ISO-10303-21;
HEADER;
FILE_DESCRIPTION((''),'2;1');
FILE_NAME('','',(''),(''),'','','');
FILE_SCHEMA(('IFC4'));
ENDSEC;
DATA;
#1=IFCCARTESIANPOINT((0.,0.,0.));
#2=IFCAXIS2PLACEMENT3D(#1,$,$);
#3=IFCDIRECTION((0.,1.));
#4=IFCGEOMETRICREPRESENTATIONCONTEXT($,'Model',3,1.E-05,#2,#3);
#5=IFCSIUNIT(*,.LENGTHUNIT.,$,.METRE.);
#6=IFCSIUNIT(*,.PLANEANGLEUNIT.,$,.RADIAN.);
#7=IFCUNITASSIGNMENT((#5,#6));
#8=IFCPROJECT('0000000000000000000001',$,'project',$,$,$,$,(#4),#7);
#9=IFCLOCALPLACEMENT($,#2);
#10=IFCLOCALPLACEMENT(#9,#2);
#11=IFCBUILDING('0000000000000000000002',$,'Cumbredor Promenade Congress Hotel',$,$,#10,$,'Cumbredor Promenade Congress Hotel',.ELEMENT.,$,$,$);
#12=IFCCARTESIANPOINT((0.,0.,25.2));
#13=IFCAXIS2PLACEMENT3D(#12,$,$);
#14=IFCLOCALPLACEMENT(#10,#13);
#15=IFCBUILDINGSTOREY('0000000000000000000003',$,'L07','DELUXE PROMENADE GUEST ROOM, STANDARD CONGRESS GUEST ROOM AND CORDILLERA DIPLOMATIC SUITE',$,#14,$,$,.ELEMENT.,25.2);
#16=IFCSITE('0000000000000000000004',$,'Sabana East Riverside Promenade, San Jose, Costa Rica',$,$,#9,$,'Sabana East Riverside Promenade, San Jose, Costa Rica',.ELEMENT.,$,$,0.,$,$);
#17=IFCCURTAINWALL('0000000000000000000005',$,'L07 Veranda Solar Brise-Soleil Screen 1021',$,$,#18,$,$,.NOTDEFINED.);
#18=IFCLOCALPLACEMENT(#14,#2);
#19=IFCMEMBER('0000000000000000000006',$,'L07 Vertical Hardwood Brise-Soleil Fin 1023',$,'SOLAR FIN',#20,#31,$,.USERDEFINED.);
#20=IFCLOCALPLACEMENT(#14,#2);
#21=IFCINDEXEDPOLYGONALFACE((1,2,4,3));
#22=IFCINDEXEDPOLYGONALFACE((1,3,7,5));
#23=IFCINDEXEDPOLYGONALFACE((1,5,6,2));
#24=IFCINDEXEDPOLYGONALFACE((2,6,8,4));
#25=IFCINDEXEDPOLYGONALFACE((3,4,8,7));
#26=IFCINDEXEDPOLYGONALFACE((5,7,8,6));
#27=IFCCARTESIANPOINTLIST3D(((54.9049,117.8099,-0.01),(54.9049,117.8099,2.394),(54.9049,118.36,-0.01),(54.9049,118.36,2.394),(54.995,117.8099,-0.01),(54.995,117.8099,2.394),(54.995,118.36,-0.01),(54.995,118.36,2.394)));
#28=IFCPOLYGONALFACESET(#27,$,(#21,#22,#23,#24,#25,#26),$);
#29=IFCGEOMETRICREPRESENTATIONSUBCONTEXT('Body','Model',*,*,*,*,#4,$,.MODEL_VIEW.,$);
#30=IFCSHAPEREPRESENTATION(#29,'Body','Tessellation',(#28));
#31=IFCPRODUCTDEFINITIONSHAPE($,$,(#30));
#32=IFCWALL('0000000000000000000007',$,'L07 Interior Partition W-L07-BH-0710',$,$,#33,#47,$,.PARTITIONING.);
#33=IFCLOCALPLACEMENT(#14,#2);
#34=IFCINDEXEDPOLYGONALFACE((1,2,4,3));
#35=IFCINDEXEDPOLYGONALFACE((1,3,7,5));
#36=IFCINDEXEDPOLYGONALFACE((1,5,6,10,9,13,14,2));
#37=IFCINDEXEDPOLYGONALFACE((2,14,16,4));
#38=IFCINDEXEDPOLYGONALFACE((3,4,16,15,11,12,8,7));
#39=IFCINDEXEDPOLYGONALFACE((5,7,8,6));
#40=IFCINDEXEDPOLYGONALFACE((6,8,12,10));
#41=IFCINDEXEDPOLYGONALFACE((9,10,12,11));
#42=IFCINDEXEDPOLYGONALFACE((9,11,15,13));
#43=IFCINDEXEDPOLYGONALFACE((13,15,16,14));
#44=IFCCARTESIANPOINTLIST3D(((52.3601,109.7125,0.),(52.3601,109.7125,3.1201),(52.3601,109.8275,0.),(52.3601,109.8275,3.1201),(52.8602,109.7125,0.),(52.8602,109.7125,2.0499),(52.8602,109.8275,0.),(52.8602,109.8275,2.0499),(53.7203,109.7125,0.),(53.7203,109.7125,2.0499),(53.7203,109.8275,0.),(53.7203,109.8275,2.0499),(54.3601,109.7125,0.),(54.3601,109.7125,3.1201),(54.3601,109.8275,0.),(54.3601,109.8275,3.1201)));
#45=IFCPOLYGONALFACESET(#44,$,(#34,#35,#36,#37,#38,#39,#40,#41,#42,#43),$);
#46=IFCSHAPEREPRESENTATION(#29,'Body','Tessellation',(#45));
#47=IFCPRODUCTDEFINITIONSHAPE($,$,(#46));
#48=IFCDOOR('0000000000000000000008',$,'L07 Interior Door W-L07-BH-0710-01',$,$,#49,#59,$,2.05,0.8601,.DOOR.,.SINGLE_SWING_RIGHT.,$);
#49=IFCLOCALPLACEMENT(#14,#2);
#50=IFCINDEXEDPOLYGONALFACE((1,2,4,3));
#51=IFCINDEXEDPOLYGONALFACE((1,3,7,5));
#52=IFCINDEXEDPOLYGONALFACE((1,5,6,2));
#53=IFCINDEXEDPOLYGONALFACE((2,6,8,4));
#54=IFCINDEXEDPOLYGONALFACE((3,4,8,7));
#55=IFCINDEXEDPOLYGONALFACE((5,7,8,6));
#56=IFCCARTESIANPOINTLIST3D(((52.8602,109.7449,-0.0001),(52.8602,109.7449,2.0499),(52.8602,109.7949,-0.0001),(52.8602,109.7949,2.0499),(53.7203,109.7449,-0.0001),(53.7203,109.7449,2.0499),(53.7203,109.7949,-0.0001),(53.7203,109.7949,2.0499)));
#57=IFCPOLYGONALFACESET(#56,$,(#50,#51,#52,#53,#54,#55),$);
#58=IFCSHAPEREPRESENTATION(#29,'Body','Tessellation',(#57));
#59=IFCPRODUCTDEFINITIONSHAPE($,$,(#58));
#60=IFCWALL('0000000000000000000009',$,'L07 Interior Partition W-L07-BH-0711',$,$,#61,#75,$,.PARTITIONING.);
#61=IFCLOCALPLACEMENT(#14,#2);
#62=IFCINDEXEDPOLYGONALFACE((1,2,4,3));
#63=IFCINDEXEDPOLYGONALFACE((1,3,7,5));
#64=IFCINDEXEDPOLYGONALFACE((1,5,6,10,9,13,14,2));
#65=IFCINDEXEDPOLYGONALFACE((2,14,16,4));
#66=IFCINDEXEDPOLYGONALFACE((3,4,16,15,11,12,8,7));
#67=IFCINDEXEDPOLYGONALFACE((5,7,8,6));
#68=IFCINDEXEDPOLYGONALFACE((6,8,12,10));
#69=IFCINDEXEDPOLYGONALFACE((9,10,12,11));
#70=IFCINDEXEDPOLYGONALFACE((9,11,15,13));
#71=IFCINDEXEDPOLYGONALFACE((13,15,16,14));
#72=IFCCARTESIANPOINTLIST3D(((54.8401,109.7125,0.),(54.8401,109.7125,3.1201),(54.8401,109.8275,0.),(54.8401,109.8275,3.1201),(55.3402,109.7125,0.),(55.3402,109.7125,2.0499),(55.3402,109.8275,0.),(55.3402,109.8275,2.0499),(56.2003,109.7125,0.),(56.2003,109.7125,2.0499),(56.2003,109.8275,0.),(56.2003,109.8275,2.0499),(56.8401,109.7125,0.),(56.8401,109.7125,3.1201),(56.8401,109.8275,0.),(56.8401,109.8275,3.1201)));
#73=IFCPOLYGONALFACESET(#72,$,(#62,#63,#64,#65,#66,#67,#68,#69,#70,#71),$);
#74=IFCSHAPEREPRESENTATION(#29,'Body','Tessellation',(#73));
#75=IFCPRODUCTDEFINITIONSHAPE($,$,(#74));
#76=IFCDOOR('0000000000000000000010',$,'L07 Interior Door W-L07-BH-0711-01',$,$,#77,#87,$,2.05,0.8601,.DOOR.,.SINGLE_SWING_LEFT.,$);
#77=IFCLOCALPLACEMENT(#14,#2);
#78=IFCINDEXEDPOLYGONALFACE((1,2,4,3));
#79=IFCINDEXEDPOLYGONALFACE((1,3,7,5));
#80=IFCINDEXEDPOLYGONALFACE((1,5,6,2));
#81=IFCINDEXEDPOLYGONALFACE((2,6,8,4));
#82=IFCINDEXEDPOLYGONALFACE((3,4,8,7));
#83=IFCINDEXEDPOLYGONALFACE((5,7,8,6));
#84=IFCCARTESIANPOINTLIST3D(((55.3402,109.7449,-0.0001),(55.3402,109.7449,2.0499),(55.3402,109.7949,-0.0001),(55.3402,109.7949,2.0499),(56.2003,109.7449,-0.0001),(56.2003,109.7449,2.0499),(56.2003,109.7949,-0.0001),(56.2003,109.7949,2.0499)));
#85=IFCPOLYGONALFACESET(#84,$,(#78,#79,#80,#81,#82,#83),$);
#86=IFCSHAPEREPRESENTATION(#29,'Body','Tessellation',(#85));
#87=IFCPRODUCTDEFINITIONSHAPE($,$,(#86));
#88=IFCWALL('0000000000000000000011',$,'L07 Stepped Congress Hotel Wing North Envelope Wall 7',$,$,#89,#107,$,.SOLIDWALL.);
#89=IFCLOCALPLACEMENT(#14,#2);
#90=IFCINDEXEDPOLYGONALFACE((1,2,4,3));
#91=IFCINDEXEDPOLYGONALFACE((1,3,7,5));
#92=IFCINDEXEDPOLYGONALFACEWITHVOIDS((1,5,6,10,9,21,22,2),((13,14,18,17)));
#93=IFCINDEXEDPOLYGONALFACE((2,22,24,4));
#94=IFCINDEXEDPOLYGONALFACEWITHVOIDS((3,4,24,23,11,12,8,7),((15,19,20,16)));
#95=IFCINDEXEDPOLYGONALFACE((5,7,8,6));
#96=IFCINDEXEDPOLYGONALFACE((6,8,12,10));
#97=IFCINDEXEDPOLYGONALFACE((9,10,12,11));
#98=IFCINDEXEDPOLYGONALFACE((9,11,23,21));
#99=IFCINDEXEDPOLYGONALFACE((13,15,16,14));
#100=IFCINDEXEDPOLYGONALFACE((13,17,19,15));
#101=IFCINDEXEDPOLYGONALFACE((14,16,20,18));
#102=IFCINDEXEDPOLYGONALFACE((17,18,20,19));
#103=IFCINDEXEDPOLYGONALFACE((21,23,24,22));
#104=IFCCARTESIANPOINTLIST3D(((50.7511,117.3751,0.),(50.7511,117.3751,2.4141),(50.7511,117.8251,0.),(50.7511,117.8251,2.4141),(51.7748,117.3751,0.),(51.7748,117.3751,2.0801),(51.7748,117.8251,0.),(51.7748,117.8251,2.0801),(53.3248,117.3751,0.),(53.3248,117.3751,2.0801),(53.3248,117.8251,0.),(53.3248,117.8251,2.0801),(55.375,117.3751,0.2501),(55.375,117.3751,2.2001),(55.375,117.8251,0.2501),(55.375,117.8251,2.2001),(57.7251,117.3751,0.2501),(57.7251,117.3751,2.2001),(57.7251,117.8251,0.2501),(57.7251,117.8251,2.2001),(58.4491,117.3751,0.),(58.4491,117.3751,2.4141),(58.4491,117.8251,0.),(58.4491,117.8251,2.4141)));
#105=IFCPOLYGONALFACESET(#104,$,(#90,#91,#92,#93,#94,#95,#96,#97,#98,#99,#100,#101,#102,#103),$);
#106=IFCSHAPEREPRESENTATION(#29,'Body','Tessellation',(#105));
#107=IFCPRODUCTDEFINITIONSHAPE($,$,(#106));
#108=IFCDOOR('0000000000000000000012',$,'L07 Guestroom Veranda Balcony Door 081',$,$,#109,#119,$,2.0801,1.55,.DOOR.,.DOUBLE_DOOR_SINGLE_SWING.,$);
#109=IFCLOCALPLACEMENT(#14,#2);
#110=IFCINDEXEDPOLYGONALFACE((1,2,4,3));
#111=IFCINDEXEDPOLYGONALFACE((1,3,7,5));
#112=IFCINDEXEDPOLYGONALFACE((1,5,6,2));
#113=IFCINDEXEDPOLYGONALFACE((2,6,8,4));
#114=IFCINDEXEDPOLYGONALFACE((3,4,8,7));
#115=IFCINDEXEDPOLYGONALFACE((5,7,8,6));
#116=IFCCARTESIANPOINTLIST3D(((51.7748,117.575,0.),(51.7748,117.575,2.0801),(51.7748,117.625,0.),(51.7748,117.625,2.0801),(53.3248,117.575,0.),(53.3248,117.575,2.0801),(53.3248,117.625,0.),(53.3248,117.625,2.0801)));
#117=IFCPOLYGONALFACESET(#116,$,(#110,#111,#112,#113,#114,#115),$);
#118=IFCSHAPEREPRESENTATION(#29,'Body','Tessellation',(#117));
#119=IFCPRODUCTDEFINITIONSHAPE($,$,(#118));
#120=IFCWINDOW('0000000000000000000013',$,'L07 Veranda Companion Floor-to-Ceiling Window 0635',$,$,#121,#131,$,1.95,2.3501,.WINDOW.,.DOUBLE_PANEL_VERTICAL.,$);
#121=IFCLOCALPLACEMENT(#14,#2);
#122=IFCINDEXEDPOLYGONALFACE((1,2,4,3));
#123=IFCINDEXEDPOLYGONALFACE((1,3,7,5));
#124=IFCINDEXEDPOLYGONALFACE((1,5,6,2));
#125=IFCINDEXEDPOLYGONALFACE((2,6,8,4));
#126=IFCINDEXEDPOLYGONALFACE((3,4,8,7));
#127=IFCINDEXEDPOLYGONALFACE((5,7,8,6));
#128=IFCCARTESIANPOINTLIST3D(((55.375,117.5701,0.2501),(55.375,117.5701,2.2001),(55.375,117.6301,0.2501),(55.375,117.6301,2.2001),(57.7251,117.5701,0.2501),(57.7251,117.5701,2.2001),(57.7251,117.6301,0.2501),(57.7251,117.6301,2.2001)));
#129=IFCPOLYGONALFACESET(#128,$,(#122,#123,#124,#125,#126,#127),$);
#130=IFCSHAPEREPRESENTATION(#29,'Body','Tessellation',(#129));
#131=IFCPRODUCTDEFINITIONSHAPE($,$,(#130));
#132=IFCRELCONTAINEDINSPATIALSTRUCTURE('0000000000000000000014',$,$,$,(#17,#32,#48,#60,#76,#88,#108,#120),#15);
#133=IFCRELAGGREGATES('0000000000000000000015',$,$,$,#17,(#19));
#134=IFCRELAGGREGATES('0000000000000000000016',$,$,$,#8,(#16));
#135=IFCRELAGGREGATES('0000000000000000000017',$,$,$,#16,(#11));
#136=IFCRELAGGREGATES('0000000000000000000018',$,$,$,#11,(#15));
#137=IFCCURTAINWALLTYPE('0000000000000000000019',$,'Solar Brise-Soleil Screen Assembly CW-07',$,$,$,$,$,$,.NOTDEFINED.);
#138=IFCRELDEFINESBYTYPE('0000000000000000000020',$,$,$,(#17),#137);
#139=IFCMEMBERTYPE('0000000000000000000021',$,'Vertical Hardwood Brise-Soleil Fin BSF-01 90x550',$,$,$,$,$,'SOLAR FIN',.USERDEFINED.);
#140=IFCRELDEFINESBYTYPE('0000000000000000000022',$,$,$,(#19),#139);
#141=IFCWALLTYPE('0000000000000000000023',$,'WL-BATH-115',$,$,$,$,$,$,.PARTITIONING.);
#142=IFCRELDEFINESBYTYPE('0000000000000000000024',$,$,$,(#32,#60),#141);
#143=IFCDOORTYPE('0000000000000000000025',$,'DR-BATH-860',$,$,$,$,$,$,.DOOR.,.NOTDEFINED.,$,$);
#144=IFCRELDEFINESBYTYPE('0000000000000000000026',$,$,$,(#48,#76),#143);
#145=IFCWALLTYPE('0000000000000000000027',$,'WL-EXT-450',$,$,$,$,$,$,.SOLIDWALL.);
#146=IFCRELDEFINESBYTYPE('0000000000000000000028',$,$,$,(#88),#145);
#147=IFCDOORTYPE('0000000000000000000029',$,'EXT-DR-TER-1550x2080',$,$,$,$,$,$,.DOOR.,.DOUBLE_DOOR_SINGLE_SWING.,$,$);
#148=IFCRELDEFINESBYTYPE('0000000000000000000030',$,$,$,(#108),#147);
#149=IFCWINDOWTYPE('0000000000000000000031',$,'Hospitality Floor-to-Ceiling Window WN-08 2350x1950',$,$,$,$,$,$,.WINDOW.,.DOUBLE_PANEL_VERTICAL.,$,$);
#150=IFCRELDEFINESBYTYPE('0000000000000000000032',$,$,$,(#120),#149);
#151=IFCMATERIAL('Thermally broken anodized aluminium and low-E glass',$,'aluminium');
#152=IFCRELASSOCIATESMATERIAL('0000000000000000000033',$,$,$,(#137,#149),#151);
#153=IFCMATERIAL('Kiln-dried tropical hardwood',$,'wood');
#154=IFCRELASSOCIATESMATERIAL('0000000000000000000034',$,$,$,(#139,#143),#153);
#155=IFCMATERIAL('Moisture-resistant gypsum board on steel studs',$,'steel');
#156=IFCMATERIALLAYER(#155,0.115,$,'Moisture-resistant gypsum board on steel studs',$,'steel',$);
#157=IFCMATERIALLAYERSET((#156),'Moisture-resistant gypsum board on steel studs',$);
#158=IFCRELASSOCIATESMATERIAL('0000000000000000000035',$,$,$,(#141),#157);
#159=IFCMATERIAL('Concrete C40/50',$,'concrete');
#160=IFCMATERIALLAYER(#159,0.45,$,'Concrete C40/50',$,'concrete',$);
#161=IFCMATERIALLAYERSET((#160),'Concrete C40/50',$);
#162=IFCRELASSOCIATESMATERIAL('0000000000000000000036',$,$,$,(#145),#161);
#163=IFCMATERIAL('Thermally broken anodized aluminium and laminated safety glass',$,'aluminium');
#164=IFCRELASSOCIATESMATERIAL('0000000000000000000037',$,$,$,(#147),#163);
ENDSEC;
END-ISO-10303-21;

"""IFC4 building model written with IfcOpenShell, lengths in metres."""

from ifc_helpers import new_model, si_unit, direction, frame, frame_2d, origin, origin_2d, place, context, subcontext, project, spatial, rectangle, extrude, material, layer, layer_set, material_profile, profile_set, type_object, element, fill, aggregate, save


model = new_model("IFC4")

# Units and contexts
model_context = context("Model", 3, precision=1e-05, world=origin(), true_north=direction((0.0, 1.0)))
body_context = subcontext(model_context, "Body", "Model", "MODEL_VIEW")
ifc_project = project(units=[si_unit("LENGTHUNIT", "METRE"), si_unit("PLANEANGLEUNIT", "RADIAN")], contexts=[model_context])

# Site, building, storey
site_placement = place(None, origin())
site = spatial("IfcSite", under=ifc_project, at=site_placement, Name="Sabana East Riverside Promenade, San Jose, Costa Rica", LongName="Sabana East Riverside Promenade, San Jose, Costa Rica", CompositionType="ELEMENT", RefElevation=0.0)
building_placement = place(site_placement, origin())
building = spatial("IfcBuilding", under=site, at=building_placement, Name="Cumbredor Promenade Congress Hotel", LongName="Cumbredor Promenade Congress Hotel", CompositionType="ELEMENT")
storey_placement = place(building_placement, frame((0.0, 0.0, 25.2)))
storey = spatial("IfcBuildingStorey", under=building, at=storey_placement, Name="L07", Description="DELUXE PROMENADE GUEST ROOM, STANDARD CONGRESS GUEST ROOM AND CORDILLERA DIPLOMATIC SUITE", CompositionType="ELEMENT", Elevation=25.2)

# Shared definitions
ifc_material_1 = material(Name="Concrete C40/50", Category="concrete")

# Curtain wall
ifc_material_2 = material(Name="Thermally broken anodized aluminium and low-E glass", Category="aluminium")
curtain_wall_type = type_object("IfcCurtainWallType", Name="Solar Brise-Soleil Screen Assembly CW-07", PredefinedType="NOTDEFINED", material=ifc_material_2)
curtain_wall_1_placement = place(storey_placement, origin())
curtain_wall_1 = element("IfcCurtainWall", 1, at=curtain_wall_1_placement, inside=storey, type_object=curtain_wall_type, Name="L07 Veranda Solar Brise-Soleil Screen 1021", PredefinedType="NOTDEFINED")

# Member
ifc_material_3 = material(Name="Kiln-dried tropical hardwood", Category="wood")
ifc_material_profile_1 = material_profile(ifc_material_3, rectangle(XDim=0.0901, YDim=0.55, at=origin_2d()), Name="ARCH FIN 90x550")
ifc_profile_set_1 = profile_set([ifc_material_profile_1], Name="Kiln-dried tropical hardwood")
member_type_1 = type_object("IfcMemberType", Name="Vertical Hardwood Brise-Soleil Fin BSF-01 90x550", ElementType="SOLAR FIN", PredefinedType="USERDEFINED", material=ifc_profile_set_1)
member_1_placement = place(storey_placement, frame((54.95, 118.085, -0.01), z_axis=(0.0, 0.0, 1.0), x_axis=(1.0, 0.0, 0.0)))
member_1 = element("IfcMember", 2, at=member_1_placement, type_object=member_type_1, Name="L07 Vertical Hardwood Brise-Soleil Fin 1023", ObjectType="SOLAR FIN", PredefinedType="USERDEFINED", context=body_context, shape_type="SweptSolid", body=[
    extrude(rectangle(XDim=0.0901, YDim=0.55, at=origin_2d()), origin(), (0.0, 0.0, 1.0), 2.4041),
])
aggregate(curtain_wall_1, [member_1])

# Walls, openings, doors
ifc_material_4 = material(Name="Moisture-resistant gypsum board on steel studs", Category="steel")
ifc_layer_1 = layer(ifc_material_4, 0.115, Name="Moisture-resistant gypsum board on steel studs", Category="steel")
ifc_layer_set_1 = layer_set([ifc_layer_1], Name="Moisture-resistant gypsum board on steel studs")
wall_type_1 = type_object("IfcWallType", Name="WL-BATH-115", PredefinedType="PARTITIONING", material=ifc_layer_set_1)
wall_1_placement = place(storey_placement, frame((52.3601, 109.77, 0.0), z_axis=(0.0, 0.0, 1.0), x_axis=(1.0, 0.0, 0.0)))
wall_1 = element("IfcWall", 3, at=wall_1_placement, inside=storey, type_object=wall_type_1, Name="L07 Interior Partition W-L07-BH-0710", PredefinedType="PARTITIONING", context=body_context, shape_type="SweptSolid", body=[
    extrude(rectangle(XDim=2.0, YDim=0.115, at=frame_2d((1.0, 0.0))), origin(), (0.0, 0.0, 1.0), 3.1201),
])
opening_1_placement = place(wall_1_placement, frame((0.5, 0.0, 0.0)))
opening_1 = element("IfcOpeningElement", 4, at=opening_1_placement, cuts=wall_1, PredefinedType="OPENING", context=body_context, shape_type="SweptSolid", body=[
    extrude(rectangle(XDim=0.8601, YDim=2.05, at=frame_2d((0.4302, 1.0249))), frame((0.0, 0.0674, 0.0), z_axis=(0.0, -1.0, 0.0), x_axis=(1.0, 0.0, 0.0)), (0.0, 0.0, 1.0), 0.135),
])
door_type_1 = type_object("IfcDoorType", Name="DR-BATH-860", OperationType="NOTDEFINED", PredefinedType="DOOR", material=ifc_material_3)
door_1_placement = place(opening_1_placement, origin())
door_1 = element("IfcDoor", 5, at=door_1_placement, inside=storey, type_object=door_type_1, Name="L07 Interior Door W-L07-BH-0710-01", OperationType="SINGLE_SWING_RIGHT", OverallHeight=2.05, OverallWidth=0.8601, PredefinedType="DOOR", context=body_context, shape_type="SweptSolid", body=[
    extrude(rectangle(XDim=0.8601, YDim=2.05, at=frame_2d((0.4302, 1.0249))), frame((0.0, 0.0249, 0.0), z_axis=(0.0, -1.0, 0.0), x_axis=(1.0, 0.0, 0.0)), (0.0, 0.0, 1.0), 0.05),
])
fill(opening_1, door_1)
wall_2_placement = place(storey_placement, frame((54.8401, 109.77, 0.0), z_axis=(0.0, 0.0, 1.0), x_axis=(1.0, 0.0, 0.0)))
wall_2 = element("IfcWall", 6, at=wall_2_placement, inside=storey, type_object=wall_type_1, Name="L07 Interior Partition W-L07-BH-0711", PredefinedType="PARTITIONING", context=body_context, shape_type="SweptSolid", body=[
    extrude(rectangle(XDim=2.0, YDim=0.115, at=frame_2d((1.0, 0.0))), origin(), (0.0, 0.0, 1.0), 3.1201),
])
opening_2_placement = place(wall_2_placement, frame((0.5, 0.0, 0.0)))
opening_2 = element("IfcOpeningElement", 7, at=opening_2_placement, cuts=wall_2, PredefinedType="OPENING", context=body_context, shape_type="SweptSolid", body=[
    extrude(rectangle(XDim=0.8601, YDim=2.05, at=frame_2d((0.4302, 1.0249))), frame((0.0, 0.0674, 0.0), z_axis=(0.0, -1.0, 0.0), x_axis=(1.0, 0.0, 0.0)), (0.0, 0.0, 1.0), 0.135),
])
door_2_placement = place(opening_2_placement, origin())
door_2 = element("IfcDoor", 8, at=door_2_placement, inside=storey, type_object=door_type_1, Name="L07 Interior Door W-L07-BH-0711-01", OperationType="SINGLE_SWING_LEFT", OverallHeight=2.05, OverallWidth=0.8601, PredefinedType="DOOR", context=body_context, shape_type="SweptSolid", body=[
    extrude(rectangle(XDim=0.8601, YDim=2.05, at=frame_2d((0.4302, 1.0249))), frame((0.0, 0.0249, 0.0), z_axis=(0.0, -1.0, 0.0), x_axis=(1.0, 0.0, 0.0)), (0.0, 0.0, 1.0), 0.05),
])
fill(opening_2, door_2)

# Wall, openings, door, window
ifc_layer_2 = layer(ifc_material_1, 0.45, Name="Concrete C40/50", Category="concrete")
ifc_layer_set_2 = layer_set([ifc_layer_2], Name="Concrete C40/50")
wall_type_2 = type_object("IfcWallType", Name="WL-EXT-450", PredefinedType="SOLIDWALL", material=ifc_layer_set_2)
wall_3_placement = place(storey_placement, frame((50.751, 117.6001, 0.0), z_axis=(0.0, 0.0, 1.0), x_axis=(1.0, 0.0, 0.0)))
wall_3 = element("IfcWall", 9, at=wall_3_placement, inside=storey, type_object=wall_type_2, Name="L07 Stepped Congress Hotel Wing North Envelope Wall 7", PredefinedType="SOLIDWALL", context=body_context, shape_type="SweptSolid", body=[
    extrude(rectangle(XDim=7.698, YDim=0.45, at=frame_2d((3.8491, 0.0))), origin(), (0.0, 0.0, 1.0), 2.4141),
])
opening_3_placement = place(wall_3_placement, frame((1.0239, 0.0, 0.0)))
opening_3 = element("IfcOpeningElement", 10, at=opening_3_placement, cuts=wall_3, PredefinedType="OPENING", context=body_context, shape_type="SweptSolid", body=[
    extrude(rectangle(XDim=1.55, YDim=2.0801, at=frame_2d((0.7749, 1.04))), frame((0.0, 0.2349, 0.0), z_axis=(0.0, -1.0, 0.0), x_axis=(1.0, 0.0, 0.0)), (0.0, 0.0, 1.0), 0.47),
])
opening_4_placement = place(wall_3_placement, frame((4.624, 0.0, 0.25)))
opening_4 = element("IfcOpeningElement", 11, at=opening_4_placement, cuts=wall_3, PredefinedType="OPENING", context=body_context, shape_type="SweptSolid", body=[
    extrude(rectangle(XDim=2.3501, YDim=1.95, at=frame_2d((1.175, 0.9751))), frame((0.0, 0.2349, 0.0), z_axis=(0.0, -1.0, 0.0), x_axis=(1.0, 0.0, 0.0)), (0.0, 0.0, 1.0), 0.47),
])
ifc_material_5 = material(Name="Thermally broken anodized aluminium and laminated safety glass", Category="aluminium")
door_type_2 = type_object("IfcDoorType", Name="EXT-DR-TER-1550x2080", OperationType="DOUBLE_DOOR_SINGLE_SWING", PredefinedType="DOOR", material=ifc_material_5)
door_3_placement = place(opening_3_placement, origin())
door_3 = element("IfcDoor", 12, at=door_3_placement, inside=storey, type_object=door_type_2, Name="L07 Guestroom Veranda Balcony Door 081", OperationType="DOUBLE_DOOR_SINGLE_SWING", OverallHeight=2.0801, OverallWidth=1.55, PredefinedType="DOOR", context=body_context, shape_type="SweptSolid", body=[
    extrude(rectangle(XDim=1.55, YDim=2.0801, at=frame_2d((0.7749, 1.04))), frame((0.0, 0.0249, 0.0), z_axis=(0.0, -1.0, 0.0), x_axis=(1.0, 0.0, 0.0)), (0.0, 0.0, 1.0), 0.05),
])
fill(opening_3, door_3)
window_type = type_object("IfcWindowType", Name="Hospitality Floor-to-Ceiling Window WN-08 2350x1950", PartitioningType="DOUBLE_PANEL_VERTICAL", PredefinedType="WINDOW", material=ifc_material_2)
window_placement = place(opening_4_placement, origin())
window = element("IfcWindow", 13, at=window_placement, inside=storey, type_object=window_type, Name="L07 Veranda Companion Floor-to-Ceiling Window 0635", OverallHeight=1.95, OverallWidth=2.3501, PartitioningType="DOUBLE_PANEL_VERTICAL", PredefinedType="WINDOW", context=body_context, shape_type="SweptSolid", body=[
    extrude(rectangle(XDim=2.3501, YDim=1.95, at=frame_2d((1.175, 0.9751))), frame((0.0, 0.03, 0.0), z_axis=(0.0, -1.0, 0.0), x_axis=(1.0, 0.0, 0.0)), (0.0, 0.0, 1.0), 0.0601),
])
fill(opening_4, window)

save(model, "model.ifc")
